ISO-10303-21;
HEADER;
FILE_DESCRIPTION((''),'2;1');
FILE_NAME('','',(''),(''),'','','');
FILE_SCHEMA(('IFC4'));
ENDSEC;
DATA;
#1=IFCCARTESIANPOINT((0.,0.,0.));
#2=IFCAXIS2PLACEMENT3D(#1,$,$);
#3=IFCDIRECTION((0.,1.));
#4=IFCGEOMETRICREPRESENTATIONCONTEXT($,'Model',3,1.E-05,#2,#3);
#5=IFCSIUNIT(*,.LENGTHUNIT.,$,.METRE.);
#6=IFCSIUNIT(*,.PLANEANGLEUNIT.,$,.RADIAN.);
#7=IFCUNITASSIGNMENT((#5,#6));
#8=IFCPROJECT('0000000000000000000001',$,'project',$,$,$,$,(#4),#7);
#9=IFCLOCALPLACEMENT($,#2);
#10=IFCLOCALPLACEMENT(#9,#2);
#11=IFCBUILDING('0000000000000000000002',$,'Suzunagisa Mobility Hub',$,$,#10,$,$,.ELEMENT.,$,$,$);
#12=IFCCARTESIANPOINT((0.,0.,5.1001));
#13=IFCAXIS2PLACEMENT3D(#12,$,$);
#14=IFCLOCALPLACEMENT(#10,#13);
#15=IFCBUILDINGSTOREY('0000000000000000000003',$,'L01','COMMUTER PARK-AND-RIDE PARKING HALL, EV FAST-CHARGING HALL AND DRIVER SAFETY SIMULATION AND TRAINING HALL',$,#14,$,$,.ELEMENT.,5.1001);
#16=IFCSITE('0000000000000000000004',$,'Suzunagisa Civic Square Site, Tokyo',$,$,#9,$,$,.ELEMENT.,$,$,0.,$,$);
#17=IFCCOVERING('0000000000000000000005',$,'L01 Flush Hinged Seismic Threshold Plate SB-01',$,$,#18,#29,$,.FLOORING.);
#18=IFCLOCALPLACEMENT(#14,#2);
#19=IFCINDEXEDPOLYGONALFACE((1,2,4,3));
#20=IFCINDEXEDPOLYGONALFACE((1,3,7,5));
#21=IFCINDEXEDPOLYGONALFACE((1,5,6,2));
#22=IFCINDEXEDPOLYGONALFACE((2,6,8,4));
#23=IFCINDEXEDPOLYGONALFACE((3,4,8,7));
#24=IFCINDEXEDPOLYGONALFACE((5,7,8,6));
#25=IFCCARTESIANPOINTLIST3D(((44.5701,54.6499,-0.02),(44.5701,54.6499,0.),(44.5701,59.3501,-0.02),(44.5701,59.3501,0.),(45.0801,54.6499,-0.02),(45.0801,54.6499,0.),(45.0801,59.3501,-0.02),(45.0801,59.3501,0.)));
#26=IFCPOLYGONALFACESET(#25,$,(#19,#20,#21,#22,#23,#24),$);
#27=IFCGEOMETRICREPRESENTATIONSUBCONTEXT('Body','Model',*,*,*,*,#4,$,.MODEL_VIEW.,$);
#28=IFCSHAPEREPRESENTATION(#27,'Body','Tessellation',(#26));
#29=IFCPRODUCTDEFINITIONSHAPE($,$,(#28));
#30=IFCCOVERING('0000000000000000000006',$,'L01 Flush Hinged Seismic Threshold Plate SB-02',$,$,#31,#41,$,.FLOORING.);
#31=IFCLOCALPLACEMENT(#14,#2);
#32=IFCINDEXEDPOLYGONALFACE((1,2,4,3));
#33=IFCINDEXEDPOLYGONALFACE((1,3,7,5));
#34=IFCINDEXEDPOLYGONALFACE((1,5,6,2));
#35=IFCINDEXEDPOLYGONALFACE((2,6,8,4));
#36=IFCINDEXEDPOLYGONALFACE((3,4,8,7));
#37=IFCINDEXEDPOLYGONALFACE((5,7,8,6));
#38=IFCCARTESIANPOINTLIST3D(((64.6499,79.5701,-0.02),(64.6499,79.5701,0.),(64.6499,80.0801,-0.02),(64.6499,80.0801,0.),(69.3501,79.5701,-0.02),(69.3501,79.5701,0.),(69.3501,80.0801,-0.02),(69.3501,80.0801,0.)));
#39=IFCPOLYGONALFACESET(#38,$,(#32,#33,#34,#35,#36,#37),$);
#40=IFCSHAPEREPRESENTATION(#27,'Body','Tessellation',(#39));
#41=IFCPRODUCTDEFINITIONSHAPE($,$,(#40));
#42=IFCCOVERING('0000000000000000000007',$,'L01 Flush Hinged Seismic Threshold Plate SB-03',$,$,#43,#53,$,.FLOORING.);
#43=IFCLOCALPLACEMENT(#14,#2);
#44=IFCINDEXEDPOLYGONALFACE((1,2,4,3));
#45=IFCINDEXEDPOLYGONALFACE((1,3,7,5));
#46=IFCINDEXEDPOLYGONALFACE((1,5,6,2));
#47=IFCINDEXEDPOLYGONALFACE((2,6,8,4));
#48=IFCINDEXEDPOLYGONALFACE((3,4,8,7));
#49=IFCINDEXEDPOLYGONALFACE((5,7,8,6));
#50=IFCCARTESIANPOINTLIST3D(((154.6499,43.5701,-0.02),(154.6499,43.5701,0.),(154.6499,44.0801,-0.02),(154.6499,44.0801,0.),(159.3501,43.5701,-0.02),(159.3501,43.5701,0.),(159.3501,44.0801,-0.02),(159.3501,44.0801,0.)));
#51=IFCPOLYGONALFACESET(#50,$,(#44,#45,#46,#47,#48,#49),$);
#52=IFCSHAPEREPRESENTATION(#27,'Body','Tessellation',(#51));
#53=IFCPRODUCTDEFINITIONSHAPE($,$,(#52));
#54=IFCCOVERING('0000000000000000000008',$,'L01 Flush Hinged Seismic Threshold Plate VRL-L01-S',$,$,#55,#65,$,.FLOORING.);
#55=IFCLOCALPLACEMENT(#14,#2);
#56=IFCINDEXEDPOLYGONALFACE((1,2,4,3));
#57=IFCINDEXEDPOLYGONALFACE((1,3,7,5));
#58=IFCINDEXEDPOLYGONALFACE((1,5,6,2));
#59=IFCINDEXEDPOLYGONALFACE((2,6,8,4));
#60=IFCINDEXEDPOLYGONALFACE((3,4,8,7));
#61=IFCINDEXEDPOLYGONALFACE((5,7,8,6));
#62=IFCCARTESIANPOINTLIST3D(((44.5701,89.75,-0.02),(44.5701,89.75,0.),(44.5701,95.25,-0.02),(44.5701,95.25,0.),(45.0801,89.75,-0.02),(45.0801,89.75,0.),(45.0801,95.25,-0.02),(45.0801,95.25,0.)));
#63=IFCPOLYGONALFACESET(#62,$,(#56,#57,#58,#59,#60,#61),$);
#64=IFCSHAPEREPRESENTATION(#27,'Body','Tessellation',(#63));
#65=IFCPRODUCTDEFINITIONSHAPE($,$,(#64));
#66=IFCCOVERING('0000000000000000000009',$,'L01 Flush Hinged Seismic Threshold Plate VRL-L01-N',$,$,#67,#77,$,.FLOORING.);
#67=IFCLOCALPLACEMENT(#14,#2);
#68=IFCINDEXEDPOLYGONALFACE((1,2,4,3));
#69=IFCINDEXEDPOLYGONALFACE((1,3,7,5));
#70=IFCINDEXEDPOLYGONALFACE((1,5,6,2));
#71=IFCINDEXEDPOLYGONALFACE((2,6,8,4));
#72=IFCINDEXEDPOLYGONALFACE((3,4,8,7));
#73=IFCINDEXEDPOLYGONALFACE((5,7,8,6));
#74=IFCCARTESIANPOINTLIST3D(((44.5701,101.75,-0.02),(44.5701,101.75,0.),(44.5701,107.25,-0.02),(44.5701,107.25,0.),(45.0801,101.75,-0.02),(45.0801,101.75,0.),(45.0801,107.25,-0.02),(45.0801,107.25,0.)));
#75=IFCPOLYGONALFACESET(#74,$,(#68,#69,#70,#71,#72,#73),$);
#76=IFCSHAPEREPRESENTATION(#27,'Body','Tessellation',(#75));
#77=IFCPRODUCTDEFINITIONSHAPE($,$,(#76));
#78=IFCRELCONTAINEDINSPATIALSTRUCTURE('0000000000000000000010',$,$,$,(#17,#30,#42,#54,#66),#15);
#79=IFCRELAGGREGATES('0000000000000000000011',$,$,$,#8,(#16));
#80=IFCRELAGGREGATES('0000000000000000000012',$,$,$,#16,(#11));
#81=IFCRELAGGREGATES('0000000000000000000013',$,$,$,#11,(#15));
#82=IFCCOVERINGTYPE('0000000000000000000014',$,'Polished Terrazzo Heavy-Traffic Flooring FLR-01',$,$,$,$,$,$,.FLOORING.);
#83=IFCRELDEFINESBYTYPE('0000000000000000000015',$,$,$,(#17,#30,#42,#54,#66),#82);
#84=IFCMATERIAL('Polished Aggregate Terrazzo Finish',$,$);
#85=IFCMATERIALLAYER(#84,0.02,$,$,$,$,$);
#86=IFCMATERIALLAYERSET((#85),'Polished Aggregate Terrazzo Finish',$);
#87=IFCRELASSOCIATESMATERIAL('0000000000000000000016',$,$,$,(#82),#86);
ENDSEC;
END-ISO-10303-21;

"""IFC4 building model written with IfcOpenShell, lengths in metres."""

from ifc_helpers import new_model, si_unit, direction, frame, origin, place, context, subcontext, project, spatial, polyline, outline, extrude, material, layer, layer_set, type_object, element, save


model = new_model("IFC4")

# Units and contexts
model_context = context("Model", 3, precision=1e-05, world=origin(), true_north=direction((0.0, 1.0)))
body_context = subcontext(model_context, "Body", "Model", "MODEL_VIEW")
ifc_project = project(units=[si_unit("LENGTHUNIT", "METRE"), si_unit("PLANEANGLEUNIT", "RADIAN")], contexts=[model_context])

# Site, building, storey
site_placement = place(None, origin())
site = spatial("IfcSite", under=ifc_project, at=site_placement, Name="Suzunagisa Civic Square Site, Tokyo", CompositionType="ELEMENT", RefElevation=0.0)
building_placement = place(site_placement, origin())
building = spatial("IfcBuilding", under=site, at=building_placement, Name="Suzunagisa Mobility Hub", CompositionType="ELEMENT")
storey_placement = place(building_placement, frame((0.0, 0.0, 5.1001)))
storey = spatial("IfcBuildingStorey", under=building, at=storey_placement, Name="L01", Description="COMMUTER PARK-AND-RIDE PARKING HALL, EV FAST-CHARGING HALL AND DRIVER SAFETY SIMULATION AND TRAINING HALL", CompositionType="ELEMENT", Elevation=5.1001)

# Coverings
ifc_material_1 = material(Name="Polished Aggregate Terrazzo Finish")
ifc_layer_1 = layer(ifc_material_1, 0.02)
ifc_layer_set_1 = layer_set([ifc_layer_1], Name="Polished Aggregate Terrazzo Finish")
covering_type = type_object("IfcCoveringType", Name="Polished Terrazzo Heavy-Traffic Flooring FLR-01", PredefinedType="FLOORING", material=ifc_layer_set_1)
covering_1_placement = place(storey_placement, frame((0.0, 0.0, -0.02)))
element("IfcCovering", 1, at=covering_1_placement, inside=storey, type_object=covering_type, Name="L01 Flush Hinged Seismic Threshold Plate SB-01", PredefinedType="FLOORING", context=body_context, shape_type="SweptSolid", body=[
    extrude(outline(polyline([(44.5701, 54.6499), (45.0801, 54.6499), (45.0801, 59.3501), (44.5701, 59.3501), (44.5701, 54.6499)])), origin(), (0.0, 0.0, 1.0), 0.02),
])
covering_2_placement = place(storey_placement, frame((0.0, 0.0, -0.02)))
element("IfcCovering", 2, at=covering_2_placement, inside=storey, type_object=covering_type, Name="L01 Flush Hinged Seismic Threshold Plate SB-02", PredefinedType="FLOORING", context=body_context, shape_type="SweptSolid", body=[
    extrude(outline(polyline([(64.6499, 79.5701), (69.3501, 79.5701), (69.3501, 80.0801), (64.6499, 80.0801), (64.6499, 79.5701)])), origin(), (0.0, 0.0, 1.0), 0.02),
])
covering_3_placement = place(storey_placement, frame((0.0, 0.0, -0.02)))
element("IfcCovering", 3, at=covering_3_placement, inside=storey, type_object=covering_type, Name="L01 Flush Hinged Seismic Threshold Plate SB-03", PredefinedType="FLOORING", context=body_context, shape_type="SweptSolid", body=[
    extrude(outline(polyline([(154.6499, 43.5701), (159.3501, 43.5701), (159.3501, 44.0801), (154.6499, 44.0801), (154.6499, 43.5701)])), origin(), (0.0, 0.0, 1.0), 0.02),
])
covering_4_placement = place(storey_placement, frame((0.0, 0.0, -0.02)))
element("IfcCovering", 4, at=covering_4_placement, inside=storey, type_object=covering_type, Name="L01 Flush Hinged Seismic Threshold Plate VRL-L01-S", PredefinedType="FLOORING", context=body_context, shape_type="SweptSolid", body=[
    extrude(outline(polyline([(44.5701, 89.75), (45.0801, 89.75), (45.0801, 95.25), (44.5701, 95.25), (44.5701, 89.75)])), origin(), (0.0, 0.0, 1.0), 0.02),
])
covering_5_placement = place(storey_placement, frame((0.0, 0.0, -0.02)))
element("IfcCovering", 5, at=covering_5_placement, inside=storey, type_object=covering_type, Name="L01 Flush Hinged Seismic Threshold Plate VRL-L01-N", PredefinedType="FLOORING", context=body_context, shape_type="SweptSolid", body=[
    extrude(outline(polyline([(44.5701, 101.75), (45.0801, 101.75), (45.0801, 107.25), (44.5701, 107.25), (44.5701, 101.75)])), origin(), (0.0, 0.0, 1.0), 0.02),
])

save(model, "model.ifc")
